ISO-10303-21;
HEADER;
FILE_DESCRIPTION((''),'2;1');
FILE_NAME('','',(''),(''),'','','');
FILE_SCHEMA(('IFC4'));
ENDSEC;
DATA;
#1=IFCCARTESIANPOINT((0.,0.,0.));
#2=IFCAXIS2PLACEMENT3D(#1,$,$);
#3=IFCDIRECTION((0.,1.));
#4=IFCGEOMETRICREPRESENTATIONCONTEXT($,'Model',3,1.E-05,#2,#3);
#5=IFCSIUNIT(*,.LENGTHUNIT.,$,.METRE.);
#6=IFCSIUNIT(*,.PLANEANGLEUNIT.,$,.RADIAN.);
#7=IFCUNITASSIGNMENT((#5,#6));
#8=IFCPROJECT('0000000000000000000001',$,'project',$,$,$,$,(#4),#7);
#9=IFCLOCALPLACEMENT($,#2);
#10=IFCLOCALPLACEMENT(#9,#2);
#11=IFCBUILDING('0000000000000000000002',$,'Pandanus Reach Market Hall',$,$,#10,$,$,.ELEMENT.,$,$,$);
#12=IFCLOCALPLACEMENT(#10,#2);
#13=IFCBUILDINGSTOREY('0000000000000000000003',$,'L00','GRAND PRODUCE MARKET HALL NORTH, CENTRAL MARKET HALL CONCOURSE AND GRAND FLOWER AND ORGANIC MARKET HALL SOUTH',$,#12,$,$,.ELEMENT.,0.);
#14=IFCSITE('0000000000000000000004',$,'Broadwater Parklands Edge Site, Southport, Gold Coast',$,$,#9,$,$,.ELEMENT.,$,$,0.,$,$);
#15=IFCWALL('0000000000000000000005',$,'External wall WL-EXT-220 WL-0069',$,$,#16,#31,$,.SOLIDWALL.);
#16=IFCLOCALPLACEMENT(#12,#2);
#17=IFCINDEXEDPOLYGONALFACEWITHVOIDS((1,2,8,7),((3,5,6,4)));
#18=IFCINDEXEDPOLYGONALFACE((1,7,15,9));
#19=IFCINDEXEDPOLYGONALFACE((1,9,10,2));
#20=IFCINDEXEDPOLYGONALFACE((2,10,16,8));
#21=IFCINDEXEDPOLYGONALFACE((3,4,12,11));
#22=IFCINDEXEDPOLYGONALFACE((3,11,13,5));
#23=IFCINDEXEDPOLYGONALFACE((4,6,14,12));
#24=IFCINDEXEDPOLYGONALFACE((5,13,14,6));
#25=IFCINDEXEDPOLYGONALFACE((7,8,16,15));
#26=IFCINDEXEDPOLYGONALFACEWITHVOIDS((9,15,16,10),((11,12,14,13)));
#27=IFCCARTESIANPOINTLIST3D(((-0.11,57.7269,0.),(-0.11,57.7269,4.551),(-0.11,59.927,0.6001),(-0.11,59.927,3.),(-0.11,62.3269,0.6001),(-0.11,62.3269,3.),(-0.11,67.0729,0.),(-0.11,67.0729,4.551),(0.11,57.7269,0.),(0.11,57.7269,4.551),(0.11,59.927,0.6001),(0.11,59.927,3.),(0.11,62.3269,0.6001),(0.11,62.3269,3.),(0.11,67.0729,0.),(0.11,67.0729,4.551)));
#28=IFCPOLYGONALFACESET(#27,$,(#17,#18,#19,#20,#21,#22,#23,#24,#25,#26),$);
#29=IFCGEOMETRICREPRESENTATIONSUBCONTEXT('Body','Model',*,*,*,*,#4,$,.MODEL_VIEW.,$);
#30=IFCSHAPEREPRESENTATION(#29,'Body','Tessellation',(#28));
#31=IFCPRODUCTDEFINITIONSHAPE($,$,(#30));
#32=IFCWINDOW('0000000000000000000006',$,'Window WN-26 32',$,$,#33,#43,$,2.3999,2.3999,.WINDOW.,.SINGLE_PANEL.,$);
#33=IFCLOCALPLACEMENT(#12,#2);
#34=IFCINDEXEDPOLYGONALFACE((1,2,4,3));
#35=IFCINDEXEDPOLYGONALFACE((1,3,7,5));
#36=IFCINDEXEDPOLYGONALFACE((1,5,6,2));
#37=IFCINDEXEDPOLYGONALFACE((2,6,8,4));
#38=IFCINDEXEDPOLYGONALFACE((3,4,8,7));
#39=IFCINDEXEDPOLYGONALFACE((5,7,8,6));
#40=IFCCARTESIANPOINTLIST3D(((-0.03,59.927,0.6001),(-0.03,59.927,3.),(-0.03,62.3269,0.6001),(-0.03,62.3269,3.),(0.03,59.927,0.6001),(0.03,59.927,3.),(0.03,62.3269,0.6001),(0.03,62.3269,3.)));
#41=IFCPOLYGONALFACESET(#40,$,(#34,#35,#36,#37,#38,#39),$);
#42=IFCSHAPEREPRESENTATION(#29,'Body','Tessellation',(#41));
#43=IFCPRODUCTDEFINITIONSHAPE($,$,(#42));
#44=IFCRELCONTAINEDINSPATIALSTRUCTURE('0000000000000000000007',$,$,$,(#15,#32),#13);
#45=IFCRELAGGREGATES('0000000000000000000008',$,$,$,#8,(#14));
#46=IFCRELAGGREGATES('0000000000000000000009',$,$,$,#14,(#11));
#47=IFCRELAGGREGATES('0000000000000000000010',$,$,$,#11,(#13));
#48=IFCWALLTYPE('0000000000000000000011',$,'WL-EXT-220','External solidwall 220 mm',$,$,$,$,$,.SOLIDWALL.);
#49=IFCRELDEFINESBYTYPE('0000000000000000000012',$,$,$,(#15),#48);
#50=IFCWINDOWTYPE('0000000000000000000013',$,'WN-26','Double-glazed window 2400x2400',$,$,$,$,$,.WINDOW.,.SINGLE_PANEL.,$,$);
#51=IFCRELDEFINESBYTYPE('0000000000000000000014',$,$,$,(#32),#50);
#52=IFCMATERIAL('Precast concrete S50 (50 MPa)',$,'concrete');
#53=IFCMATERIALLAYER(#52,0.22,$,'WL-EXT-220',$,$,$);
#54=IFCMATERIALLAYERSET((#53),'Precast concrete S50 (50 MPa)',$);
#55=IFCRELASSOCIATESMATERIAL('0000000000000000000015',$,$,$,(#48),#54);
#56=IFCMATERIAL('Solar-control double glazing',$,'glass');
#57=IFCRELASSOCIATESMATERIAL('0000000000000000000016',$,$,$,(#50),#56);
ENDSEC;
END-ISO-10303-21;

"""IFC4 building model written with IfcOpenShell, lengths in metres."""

from ifc_helpers import new_model, si_unit, direction, frame, frame_2d, origin, place, context, subcontext, project, spatial, rectangle, extrude, material, layer, layer_set, type_object, element, fill, save


model = new_model("IFC4")

# Units and contexts
model_context = context("Model", 3, precision=1e-05, world=origin(), true_north=direction((0.0, 1.0)))
body_context = subcontext(model_context, "Body", "Model", "MODEL_VIEW")
ifc_project = project(units=[si_unit("LENGTHUNIT", "METRE"), si_unit("PLANEANGLEUNIT", "RADIAN")], contexts=[model_context])

# Site, building, storey
site_placement = place(None, origin())
site = spatial("IfcSite", under=ifc_project, at=site_placement, Name="Broadwater Parklands Edge Site, Southport, Gold Coast", CompositionType="ELEMENT", RefElevation=0.0)
building_placement = place(site_placement, origin())
building = spatial("IfcBuilding", under=site, at=building_placement, Name="Pandanus Reach Market Hall", CompositionType="ELEMENT")
storey_placement = place(building_placement, origin())
storey = spatial("IfcBuildingStorey", under=building, at=storey_placement, Name="L00", Description="GRAND PRODUCE MARKET HALL NORTH, CENTRAL MARKET HALL CONCOURSE AND GRAND FLOWER AND ORGANIC MARKET HALL SOUTH", CompositionType="ELEMENT", Elevation=0.0)

# Shared definitions
ifc_material_1 = material(Name="Precast concrete S50 (50 MPa)", Category="concrete")
ifc_material_2 = material(Name="Solar-control double glazing", Category="glass")

# Wall, opening, window
ifc_layer_1 = layer(ifc_material_1, 0.22, Name="WL-EXT-220")
ifc_layer_set_1 = layer_set([ifc_layer_1], Name="Precast concrete S50 (50 MPa)")
wall_type_1 = type_object("IfcWallType", Name="WL-EXT-220", Description="External solidwall 220 mm", PredefinedType="SOLIDWALL", material=ifc_layer_set_1)
wall_1_placement = place(storey_placement, frame((0.0, 57.7271, 0.0), z_axis=(0.0, 0.0, 1.0), x_axis=(0.0, 1.0, 0.0)))
wall_1 = element("IfcWall", 1, at=wall_1_placement, inside=storey, type_object=wall_type_1, Name="External wall WL-EXT-220 WL-0069", PredefinedType="SOLIDWALL", context=body_context, shape_type="SweptSolid", body=[
    extrude(rectangle(XDim=9.3459, YDim=0.22, at=frame_2d((4.6729, 0.0))), origin(), (0.0, 0.0, 1.0), 4.551),
])
opening_1_placement = place(wall_1_placement, frame((2.2, 0.0, 0.6001)))
opening_1 = element("IfcOpeningElement", 2, at=opening_1_placement, cuts=wall_1, PredefinedType="OPENING", context=body_context, shape_type="SweptSolid", body=[
    extrude(rectangle(XDim=2.3999, YDim=2.3999, at=frame_2d((1.2, 1.2))), frame((0.0, 0.125, 0.0), z_axis=(0.0, -1.0, 0.0), x_axis=(1.0, 0.0, 0.0)), (0.0, 0.0, 1.0), 0.25),
])
window_type_1 = type_object("IfcWindowType", Name="WN-26", Description="Double-glazed window 2400x2400", PartitioningType="SINGLE_PANEL", PredefinedType="WINDOW", material=ifc_material_2)
window_1_placement = place(opening_1_placement, origin())
window_1 = element("IfcWindow", 3, at=window_1_placement, inside=storey, type_object=window_type_1, Name="Window WN-26 32", OverallHeight=2.3999, OverallWidth=2.3999, PartitioningType="SINGLE_PANEL", PredefinedType="WINDOW", context=body_context, shape_type="SweptSolid", body=[
    extrude(rectangle(XDim=2.3999, YDim=2.3999, at=frame_2d((1.2, 1.2))), frame((0.0, 0.03, 0.0), z_axis=(0.0, -1.0, 0.0), x_axis=(1.0, 0.0, 0.0)), (0.0, 0.0, 1.0), 0.0601),
])
fill(opening_1, window_1)

save(model, "model.ifc")
